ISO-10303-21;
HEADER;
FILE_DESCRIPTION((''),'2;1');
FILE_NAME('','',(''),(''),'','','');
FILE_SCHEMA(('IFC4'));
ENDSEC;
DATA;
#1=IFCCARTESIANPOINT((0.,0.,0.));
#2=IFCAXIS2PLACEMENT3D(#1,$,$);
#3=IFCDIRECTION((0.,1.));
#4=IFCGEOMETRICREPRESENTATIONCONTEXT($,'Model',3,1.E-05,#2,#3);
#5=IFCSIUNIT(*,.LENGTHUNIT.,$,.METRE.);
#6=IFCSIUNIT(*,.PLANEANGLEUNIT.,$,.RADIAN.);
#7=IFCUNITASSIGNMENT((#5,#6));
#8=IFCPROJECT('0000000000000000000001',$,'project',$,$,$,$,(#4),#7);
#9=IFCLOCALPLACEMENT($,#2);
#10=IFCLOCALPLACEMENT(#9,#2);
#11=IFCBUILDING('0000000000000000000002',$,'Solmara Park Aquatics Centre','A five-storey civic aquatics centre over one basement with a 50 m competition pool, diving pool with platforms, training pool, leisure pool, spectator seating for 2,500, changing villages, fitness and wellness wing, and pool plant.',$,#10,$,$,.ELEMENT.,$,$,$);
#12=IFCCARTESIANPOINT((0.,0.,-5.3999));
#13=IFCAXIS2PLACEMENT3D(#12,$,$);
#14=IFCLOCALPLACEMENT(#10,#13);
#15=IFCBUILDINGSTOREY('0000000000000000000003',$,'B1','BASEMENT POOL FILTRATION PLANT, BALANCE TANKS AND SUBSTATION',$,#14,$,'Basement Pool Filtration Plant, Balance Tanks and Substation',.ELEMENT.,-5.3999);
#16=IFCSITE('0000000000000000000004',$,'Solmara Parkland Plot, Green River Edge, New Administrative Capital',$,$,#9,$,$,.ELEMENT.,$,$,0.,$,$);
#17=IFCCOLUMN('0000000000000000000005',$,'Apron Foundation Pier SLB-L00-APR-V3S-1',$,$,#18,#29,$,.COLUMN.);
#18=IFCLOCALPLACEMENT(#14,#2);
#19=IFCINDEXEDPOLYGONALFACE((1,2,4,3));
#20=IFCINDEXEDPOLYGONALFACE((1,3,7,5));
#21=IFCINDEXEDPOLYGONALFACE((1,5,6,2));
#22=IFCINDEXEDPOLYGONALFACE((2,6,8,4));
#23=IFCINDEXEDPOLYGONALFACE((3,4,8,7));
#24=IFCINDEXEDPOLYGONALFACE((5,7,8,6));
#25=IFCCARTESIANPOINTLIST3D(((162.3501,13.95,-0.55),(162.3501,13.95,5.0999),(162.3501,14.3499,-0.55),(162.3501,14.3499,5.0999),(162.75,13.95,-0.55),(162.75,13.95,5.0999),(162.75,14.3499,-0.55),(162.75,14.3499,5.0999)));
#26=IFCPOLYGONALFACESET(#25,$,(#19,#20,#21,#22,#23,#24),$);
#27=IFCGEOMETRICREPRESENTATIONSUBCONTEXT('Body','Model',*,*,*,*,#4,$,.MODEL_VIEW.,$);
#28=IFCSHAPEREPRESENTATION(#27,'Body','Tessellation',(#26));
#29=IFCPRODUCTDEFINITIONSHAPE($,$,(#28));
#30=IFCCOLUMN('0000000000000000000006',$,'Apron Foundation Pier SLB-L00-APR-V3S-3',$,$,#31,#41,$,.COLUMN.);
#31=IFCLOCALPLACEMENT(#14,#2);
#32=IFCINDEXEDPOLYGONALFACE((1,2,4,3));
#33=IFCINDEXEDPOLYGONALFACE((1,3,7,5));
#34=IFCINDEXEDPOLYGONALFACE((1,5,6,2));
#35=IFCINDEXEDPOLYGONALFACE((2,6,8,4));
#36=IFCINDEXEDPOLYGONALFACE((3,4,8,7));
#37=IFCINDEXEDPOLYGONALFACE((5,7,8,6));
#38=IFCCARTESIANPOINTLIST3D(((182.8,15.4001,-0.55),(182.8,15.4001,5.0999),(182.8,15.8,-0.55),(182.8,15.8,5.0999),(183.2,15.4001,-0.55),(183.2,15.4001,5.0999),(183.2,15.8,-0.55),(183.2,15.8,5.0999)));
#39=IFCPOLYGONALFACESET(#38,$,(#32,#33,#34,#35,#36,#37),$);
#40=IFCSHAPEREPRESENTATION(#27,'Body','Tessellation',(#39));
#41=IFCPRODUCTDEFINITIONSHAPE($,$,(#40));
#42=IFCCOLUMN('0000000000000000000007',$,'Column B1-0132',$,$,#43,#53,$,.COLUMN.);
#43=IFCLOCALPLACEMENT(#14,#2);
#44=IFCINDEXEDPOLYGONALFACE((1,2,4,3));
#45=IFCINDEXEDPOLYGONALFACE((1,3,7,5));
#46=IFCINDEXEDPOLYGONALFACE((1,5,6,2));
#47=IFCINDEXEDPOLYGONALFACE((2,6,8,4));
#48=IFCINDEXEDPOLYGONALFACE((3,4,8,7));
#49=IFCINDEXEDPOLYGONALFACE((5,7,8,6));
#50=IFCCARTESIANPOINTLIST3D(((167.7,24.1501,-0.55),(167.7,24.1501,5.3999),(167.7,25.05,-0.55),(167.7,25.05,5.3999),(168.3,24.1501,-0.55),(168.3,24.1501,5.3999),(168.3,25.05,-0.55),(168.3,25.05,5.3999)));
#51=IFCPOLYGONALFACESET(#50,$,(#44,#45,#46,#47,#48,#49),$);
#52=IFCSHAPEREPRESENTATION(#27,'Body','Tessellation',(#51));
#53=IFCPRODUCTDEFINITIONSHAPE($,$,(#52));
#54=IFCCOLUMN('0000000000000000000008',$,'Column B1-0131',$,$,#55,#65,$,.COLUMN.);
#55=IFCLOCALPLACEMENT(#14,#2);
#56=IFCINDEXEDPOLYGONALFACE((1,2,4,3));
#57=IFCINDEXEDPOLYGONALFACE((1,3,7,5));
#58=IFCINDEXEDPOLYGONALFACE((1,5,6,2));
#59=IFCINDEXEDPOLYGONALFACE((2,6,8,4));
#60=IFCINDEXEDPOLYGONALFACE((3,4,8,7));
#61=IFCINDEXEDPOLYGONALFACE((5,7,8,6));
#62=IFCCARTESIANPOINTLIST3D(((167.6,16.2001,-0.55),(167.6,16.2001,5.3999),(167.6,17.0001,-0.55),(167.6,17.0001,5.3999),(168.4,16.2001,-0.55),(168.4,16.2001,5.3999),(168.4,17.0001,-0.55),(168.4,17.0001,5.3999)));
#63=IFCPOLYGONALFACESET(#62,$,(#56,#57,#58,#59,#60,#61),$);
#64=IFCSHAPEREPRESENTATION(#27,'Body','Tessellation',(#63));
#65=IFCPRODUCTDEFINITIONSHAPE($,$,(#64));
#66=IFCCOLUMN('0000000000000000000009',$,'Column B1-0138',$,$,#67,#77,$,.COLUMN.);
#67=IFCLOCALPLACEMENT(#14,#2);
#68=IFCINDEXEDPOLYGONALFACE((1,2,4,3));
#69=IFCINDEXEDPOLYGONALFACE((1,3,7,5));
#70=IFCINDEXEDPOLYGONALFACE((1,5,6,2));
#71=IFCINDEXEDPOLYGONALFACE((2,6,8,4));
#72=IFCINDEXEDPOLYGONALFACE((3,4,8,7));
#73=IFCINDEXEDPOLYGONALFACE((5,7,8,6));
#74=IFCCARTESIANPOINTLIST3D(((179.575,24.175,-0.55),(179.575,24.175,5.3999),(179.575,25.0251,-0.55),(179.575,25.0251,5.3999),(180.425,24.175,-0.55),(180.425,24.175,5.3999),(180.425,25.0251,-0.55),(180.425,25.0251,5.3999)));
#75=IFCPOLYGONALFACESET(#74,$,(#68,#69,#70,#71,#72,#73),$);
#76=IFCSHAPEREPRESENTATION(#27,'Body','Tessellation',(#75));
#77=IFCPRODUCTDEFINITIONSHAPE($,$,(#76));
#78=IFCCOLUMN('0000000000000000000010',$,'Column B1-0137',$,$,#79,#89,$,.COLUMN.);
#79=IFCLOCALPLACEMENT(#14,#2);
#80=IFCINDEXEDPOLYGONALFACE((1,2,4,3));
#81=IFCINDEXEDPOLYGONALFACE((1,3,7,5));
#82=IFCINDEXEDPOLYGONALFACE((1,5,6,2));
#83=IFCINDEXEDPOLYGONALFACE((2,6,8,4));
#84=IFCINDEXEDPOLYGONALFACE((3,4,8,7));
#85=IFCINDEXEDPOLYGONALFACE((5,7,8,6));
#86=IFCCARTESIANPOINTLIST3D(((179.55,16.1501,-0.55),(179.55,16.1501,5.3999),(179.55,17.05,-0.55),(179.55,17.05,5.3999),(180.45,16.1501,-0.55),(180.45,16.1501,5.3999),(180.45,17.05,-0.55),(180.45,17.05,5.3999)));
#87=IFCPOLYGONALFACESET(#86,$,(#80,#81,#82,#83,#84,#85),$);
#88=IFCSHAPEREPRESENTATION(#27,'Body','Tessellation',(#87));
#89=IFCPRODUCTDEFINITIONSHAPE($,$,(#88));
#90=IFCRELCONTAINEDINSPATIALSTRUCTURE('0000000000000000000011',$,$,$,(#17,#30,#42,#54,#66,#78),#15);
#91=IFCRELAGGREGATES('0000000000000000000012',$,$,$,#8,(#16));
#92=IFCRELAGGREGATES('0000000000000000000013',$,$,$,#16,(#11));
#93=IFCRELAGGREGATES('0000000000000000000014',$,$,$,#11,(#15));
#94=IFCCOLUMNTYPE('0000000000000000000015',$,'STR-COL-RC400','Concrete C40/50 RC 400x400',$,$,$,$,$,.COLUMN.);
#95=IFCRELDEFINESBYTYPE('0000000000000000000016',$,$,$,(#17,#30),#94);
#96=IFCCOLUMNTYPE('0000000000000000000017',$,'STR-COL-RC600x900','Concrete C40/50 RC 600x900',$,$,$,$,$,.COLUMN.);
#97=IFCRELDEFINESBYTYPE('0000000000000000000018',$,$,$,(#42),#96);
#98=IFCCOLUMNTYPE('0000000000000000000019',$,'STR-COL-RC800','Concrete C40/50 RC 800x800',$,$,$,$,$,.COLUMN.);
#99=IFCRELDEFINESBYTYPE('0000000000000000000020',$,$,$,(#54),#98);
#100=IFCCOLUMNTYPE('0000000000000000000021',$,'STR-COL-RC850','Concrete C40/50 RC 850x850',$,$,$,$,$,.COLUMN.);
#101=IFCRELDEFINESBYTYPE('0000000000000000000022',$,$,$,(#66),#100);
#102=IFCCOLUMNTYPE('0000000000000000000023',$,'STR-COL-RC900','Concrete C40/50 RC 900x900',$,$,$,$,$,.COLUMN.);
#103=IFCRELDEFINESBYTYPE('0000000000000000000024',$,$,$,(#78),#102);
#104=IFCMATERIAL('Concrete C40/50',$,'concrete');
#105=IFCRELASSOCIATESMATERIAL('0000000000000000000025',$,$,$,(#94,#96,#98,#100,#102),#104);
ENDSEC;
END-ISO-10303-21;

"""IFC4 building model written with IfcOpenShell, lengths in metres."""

from ifc_helpers import new_model, si_unit, direction, frame, origin, origin_2d, place, context, subcontext, project, spatial, rectangle, extrude, material, material_profile, profile_set, type_object, element, save


model = new_model("IFC4")

# Units and contexts
model_context = context("Model", 3, precision=1e-05, world=origin(), true_north=direction((0.0, 1.0)))
body_context = subcontext(model_context, "Body", "Model", "MODEL_VIEW")
ifc_project = project(units=[si_unit("LENGTHUNIT", "METRE"), si_unit("PLANEANGLEUNIT", "RADIAN")], contexts=[model_context])

# Site, building, storey
site_placement = place(None, origin())
site = spatial("IfcSite", under=ifc_project, at=site_placement, Name="Solmara Parkland Plot, Green River Edge, New Administrative Capital", CompositionType="ELEMENT", RefElevation=0.0)
building_placement = place(site_placement, origin())
building = spatial("IfcBuilding", under=site, at=building_placement, Name="Solmara Park Aquatics Centre", Description="A five-storey civic aquatics centre over one basement with a 50 m competition pool, diving pool with platforms, training pool, leisure pool, spectator seating for 2,500, changing villages, fitness and wellness wing, and pool plant.", CompositionType="ELEMENT")
storey_placement = place(building_placement, frame((0.0, 0.0, -5.3999)))
storey = spatial("IfcBuildingStorey", under=building, at=storey_placement, Name="B1", Description="BASEMENT POOL FILTRATION PLANT, BALANCE TANKS AND SUBSTATION", LongName="Basement Pool Filtration Plant, Balance Tanks and Substation", CompositionType="ELEMENT", Elevation=-5.3999)

# Columns
ifc_material_1 = material(Name="Concrete C40/50", Category="concrete")
ifc_material_profile_1 = material_profile(ifc_material_1, rectangle(XDim=0.3999, YDim=0.3999, at=origin_2d()), Name="RC 400x400")
ifc_profile_set_1 = profile_set([ifc_material_profile_1], Name="Concrete C40/50")
column_type_1 = type_object("IfcColumnType", Name="STR-COL-RC400", Description="Concrete C40/50 RC 400x400", PredefinedType="COLUMN", material=ifc_profile_set_1)
for number, where, z_axis, x_axis, name in (
    (1, (162.55, 14.1499, -0.55), (0.0, 0.0, 1.0), (1.0, 0.0, 0.0), "Apron Foundation Pier SLB-L00-APR-V3S-1"),
    (2, (183.0, 15.6001, -0.55), (0.0, 0.0, 1.0), (1.0, 0.0, 0.0), "Apron Foundation Pier SLB-L00-APR-V3S-3"),
):
    element("IfcColumn", number, at=place(storey_placement, frame(where, z_axis=z_axis, x_axis=x_axis)), inside=storey, type_object=column_type_1, Name=name, PredefinedType="COLUMN", context=body_context, shape_type="SweptSolid", body=[
        extrude(rectangle(XDim=0.3999, YDim=0.3999, at=origin_2d()), origin(), (0.0, 0.0, 1.0), 5.6499),
    ])
ifc_material_profile_2 = material_profile(ifc_material_1, rectangle(XDim=0.6001, YDim=0.8999, at=origin_2d()), Name="RC 600x900")
ifc_profile_set_2 = profile_set([ifc_material_profile_2], Name="Concrete C40/50")
column_type_2 = type_object("IfcColumnType", Name="STR-COL-RC600x900", Description="Concrete C40/50 RC 600x900", PredefinedType="COLUMN", material=ifc_profile_set_2)
column_1_placement = place(storey_placement, frame((168.0, 24.6001, -0.55), z_axis=(0.0, 0.0, 1.0), x_axis=(1.0, 0.0, 0.0)))
element("IfcColumn", 3, at=column_1_placement, inside=storey, type_object=column_type_2, Name="Column B1-0132", PredefinedType="COLUMN", context=body_context, shape_type="SweptSolid", body=[
    extrude(rectangle(XDim=0.6001, YDim=0.8999, at=origin_2d()), origin(), (0.0, 0.0, 1.0), 5.95),
])
ifc_material_profile_3 = material_profile(ifc_material_1, rectangle(XDim=0.8, YDim=0.8, at=origin_2d()), Name="RC 800x800")
ifc_profile_set_3 = profile_set([ifc_material_profile_3], Name="Concrete C40/50")
column_type_3 = type_object("IfcColumnType", Name="STR-COL-RC800", Description="Concrete C40/50 RC 800x800", PredefinedType="COLUMN", material=ifc_profile_set_3)
column_2_placement = place(storey_placement, frame((168.0, 16.6001, -0.55), z_axis=(0.0, 0.0, 1.0), x_axis=(1.0, 0.0, 0.0)))
element("IfcColumn", 4, at=column_2_placement, inside=storey, type_object=column_type_3, Name="Column B1-0131", PredefinedType="COLUMN", context=body_context, shape_type="SweptSolid", body=[
    extrude(rectangle(XDim=0.8, YDim=0.8, at=origin_2d()), origin(), (0.0, 0.0, 1.0), 5.95),
])
ifc_material_profile_4 = material_profile(ifc_material_1, rectangle(XDim=0.8501, YDim=0.8501, at=origin_2d()), Name="RC 850x850")
ifc_profile_set_4 = profile_set([ifc_material_profile_4], Name="Concrete C40/50")
column_type_4 = type_object("IfcColumnType", Name="STR-COL-RC850", Description="Concrete C40/50 RC 850x850", PredefinedType="COLUMN", material=ifc_profile_set_4)
column_3_placement = place(storey_placement, frame((180.0, 24.6001, -0.55), z_axis=(0.0, 0.0, 1.0), x_axis=(1.0, 0.0, 0.0)))
element("IfcColumn", 5, at=column_3_placement, inside=storey, type_object=column_type_4, Name="Column B1-0138", PredefinedType="COLUMN", context=body_context, shape_type="SweptSolid", body=[
    extrude(rectangle(XDim=0.8501, YDim=0.8501, at=origin_2d()), origin(), (0.0, 0.0, 1.0), 5.95),
])
ifc_material_profile_5 = material_profile(ifc_material_1, rectangle(XDim=0.8999, YDim=0.8999, at=origin_2d()), Name="RC 900x900")
ifc_profile_set_5 = profile_set([ifc_material_profile_5], Name="Concrete C40/50")
column_type_5 = type_object("IfcColumnType", Name="STR-COL-RC900", Description="Concrete C40/50 RC 900x900", PredefinedType="COLUMN", material=ifc_profile_set_5)
column_4_placement = place(storey_placement, frame((180.0, 16.6001, -0.55), z_axis=(0.0, 0.0, 1.0), x_axis=(1.0, 0.0, 0.0)))
element("IfcColumn", 6, at=column_4_placement, inside=storey, type_object=column_type_5, Name="Column B1-0137", PredefinedType="COLUMN", context=body_context, shape_type="SweptSolid", body=[
    extrude(rectangle(XDim=0.8999, YDim=0.8999, at=origin_2d()), origin(), (0.0, 0.0, 1.0), 5.95),
])

save(model, "model.ifc")
